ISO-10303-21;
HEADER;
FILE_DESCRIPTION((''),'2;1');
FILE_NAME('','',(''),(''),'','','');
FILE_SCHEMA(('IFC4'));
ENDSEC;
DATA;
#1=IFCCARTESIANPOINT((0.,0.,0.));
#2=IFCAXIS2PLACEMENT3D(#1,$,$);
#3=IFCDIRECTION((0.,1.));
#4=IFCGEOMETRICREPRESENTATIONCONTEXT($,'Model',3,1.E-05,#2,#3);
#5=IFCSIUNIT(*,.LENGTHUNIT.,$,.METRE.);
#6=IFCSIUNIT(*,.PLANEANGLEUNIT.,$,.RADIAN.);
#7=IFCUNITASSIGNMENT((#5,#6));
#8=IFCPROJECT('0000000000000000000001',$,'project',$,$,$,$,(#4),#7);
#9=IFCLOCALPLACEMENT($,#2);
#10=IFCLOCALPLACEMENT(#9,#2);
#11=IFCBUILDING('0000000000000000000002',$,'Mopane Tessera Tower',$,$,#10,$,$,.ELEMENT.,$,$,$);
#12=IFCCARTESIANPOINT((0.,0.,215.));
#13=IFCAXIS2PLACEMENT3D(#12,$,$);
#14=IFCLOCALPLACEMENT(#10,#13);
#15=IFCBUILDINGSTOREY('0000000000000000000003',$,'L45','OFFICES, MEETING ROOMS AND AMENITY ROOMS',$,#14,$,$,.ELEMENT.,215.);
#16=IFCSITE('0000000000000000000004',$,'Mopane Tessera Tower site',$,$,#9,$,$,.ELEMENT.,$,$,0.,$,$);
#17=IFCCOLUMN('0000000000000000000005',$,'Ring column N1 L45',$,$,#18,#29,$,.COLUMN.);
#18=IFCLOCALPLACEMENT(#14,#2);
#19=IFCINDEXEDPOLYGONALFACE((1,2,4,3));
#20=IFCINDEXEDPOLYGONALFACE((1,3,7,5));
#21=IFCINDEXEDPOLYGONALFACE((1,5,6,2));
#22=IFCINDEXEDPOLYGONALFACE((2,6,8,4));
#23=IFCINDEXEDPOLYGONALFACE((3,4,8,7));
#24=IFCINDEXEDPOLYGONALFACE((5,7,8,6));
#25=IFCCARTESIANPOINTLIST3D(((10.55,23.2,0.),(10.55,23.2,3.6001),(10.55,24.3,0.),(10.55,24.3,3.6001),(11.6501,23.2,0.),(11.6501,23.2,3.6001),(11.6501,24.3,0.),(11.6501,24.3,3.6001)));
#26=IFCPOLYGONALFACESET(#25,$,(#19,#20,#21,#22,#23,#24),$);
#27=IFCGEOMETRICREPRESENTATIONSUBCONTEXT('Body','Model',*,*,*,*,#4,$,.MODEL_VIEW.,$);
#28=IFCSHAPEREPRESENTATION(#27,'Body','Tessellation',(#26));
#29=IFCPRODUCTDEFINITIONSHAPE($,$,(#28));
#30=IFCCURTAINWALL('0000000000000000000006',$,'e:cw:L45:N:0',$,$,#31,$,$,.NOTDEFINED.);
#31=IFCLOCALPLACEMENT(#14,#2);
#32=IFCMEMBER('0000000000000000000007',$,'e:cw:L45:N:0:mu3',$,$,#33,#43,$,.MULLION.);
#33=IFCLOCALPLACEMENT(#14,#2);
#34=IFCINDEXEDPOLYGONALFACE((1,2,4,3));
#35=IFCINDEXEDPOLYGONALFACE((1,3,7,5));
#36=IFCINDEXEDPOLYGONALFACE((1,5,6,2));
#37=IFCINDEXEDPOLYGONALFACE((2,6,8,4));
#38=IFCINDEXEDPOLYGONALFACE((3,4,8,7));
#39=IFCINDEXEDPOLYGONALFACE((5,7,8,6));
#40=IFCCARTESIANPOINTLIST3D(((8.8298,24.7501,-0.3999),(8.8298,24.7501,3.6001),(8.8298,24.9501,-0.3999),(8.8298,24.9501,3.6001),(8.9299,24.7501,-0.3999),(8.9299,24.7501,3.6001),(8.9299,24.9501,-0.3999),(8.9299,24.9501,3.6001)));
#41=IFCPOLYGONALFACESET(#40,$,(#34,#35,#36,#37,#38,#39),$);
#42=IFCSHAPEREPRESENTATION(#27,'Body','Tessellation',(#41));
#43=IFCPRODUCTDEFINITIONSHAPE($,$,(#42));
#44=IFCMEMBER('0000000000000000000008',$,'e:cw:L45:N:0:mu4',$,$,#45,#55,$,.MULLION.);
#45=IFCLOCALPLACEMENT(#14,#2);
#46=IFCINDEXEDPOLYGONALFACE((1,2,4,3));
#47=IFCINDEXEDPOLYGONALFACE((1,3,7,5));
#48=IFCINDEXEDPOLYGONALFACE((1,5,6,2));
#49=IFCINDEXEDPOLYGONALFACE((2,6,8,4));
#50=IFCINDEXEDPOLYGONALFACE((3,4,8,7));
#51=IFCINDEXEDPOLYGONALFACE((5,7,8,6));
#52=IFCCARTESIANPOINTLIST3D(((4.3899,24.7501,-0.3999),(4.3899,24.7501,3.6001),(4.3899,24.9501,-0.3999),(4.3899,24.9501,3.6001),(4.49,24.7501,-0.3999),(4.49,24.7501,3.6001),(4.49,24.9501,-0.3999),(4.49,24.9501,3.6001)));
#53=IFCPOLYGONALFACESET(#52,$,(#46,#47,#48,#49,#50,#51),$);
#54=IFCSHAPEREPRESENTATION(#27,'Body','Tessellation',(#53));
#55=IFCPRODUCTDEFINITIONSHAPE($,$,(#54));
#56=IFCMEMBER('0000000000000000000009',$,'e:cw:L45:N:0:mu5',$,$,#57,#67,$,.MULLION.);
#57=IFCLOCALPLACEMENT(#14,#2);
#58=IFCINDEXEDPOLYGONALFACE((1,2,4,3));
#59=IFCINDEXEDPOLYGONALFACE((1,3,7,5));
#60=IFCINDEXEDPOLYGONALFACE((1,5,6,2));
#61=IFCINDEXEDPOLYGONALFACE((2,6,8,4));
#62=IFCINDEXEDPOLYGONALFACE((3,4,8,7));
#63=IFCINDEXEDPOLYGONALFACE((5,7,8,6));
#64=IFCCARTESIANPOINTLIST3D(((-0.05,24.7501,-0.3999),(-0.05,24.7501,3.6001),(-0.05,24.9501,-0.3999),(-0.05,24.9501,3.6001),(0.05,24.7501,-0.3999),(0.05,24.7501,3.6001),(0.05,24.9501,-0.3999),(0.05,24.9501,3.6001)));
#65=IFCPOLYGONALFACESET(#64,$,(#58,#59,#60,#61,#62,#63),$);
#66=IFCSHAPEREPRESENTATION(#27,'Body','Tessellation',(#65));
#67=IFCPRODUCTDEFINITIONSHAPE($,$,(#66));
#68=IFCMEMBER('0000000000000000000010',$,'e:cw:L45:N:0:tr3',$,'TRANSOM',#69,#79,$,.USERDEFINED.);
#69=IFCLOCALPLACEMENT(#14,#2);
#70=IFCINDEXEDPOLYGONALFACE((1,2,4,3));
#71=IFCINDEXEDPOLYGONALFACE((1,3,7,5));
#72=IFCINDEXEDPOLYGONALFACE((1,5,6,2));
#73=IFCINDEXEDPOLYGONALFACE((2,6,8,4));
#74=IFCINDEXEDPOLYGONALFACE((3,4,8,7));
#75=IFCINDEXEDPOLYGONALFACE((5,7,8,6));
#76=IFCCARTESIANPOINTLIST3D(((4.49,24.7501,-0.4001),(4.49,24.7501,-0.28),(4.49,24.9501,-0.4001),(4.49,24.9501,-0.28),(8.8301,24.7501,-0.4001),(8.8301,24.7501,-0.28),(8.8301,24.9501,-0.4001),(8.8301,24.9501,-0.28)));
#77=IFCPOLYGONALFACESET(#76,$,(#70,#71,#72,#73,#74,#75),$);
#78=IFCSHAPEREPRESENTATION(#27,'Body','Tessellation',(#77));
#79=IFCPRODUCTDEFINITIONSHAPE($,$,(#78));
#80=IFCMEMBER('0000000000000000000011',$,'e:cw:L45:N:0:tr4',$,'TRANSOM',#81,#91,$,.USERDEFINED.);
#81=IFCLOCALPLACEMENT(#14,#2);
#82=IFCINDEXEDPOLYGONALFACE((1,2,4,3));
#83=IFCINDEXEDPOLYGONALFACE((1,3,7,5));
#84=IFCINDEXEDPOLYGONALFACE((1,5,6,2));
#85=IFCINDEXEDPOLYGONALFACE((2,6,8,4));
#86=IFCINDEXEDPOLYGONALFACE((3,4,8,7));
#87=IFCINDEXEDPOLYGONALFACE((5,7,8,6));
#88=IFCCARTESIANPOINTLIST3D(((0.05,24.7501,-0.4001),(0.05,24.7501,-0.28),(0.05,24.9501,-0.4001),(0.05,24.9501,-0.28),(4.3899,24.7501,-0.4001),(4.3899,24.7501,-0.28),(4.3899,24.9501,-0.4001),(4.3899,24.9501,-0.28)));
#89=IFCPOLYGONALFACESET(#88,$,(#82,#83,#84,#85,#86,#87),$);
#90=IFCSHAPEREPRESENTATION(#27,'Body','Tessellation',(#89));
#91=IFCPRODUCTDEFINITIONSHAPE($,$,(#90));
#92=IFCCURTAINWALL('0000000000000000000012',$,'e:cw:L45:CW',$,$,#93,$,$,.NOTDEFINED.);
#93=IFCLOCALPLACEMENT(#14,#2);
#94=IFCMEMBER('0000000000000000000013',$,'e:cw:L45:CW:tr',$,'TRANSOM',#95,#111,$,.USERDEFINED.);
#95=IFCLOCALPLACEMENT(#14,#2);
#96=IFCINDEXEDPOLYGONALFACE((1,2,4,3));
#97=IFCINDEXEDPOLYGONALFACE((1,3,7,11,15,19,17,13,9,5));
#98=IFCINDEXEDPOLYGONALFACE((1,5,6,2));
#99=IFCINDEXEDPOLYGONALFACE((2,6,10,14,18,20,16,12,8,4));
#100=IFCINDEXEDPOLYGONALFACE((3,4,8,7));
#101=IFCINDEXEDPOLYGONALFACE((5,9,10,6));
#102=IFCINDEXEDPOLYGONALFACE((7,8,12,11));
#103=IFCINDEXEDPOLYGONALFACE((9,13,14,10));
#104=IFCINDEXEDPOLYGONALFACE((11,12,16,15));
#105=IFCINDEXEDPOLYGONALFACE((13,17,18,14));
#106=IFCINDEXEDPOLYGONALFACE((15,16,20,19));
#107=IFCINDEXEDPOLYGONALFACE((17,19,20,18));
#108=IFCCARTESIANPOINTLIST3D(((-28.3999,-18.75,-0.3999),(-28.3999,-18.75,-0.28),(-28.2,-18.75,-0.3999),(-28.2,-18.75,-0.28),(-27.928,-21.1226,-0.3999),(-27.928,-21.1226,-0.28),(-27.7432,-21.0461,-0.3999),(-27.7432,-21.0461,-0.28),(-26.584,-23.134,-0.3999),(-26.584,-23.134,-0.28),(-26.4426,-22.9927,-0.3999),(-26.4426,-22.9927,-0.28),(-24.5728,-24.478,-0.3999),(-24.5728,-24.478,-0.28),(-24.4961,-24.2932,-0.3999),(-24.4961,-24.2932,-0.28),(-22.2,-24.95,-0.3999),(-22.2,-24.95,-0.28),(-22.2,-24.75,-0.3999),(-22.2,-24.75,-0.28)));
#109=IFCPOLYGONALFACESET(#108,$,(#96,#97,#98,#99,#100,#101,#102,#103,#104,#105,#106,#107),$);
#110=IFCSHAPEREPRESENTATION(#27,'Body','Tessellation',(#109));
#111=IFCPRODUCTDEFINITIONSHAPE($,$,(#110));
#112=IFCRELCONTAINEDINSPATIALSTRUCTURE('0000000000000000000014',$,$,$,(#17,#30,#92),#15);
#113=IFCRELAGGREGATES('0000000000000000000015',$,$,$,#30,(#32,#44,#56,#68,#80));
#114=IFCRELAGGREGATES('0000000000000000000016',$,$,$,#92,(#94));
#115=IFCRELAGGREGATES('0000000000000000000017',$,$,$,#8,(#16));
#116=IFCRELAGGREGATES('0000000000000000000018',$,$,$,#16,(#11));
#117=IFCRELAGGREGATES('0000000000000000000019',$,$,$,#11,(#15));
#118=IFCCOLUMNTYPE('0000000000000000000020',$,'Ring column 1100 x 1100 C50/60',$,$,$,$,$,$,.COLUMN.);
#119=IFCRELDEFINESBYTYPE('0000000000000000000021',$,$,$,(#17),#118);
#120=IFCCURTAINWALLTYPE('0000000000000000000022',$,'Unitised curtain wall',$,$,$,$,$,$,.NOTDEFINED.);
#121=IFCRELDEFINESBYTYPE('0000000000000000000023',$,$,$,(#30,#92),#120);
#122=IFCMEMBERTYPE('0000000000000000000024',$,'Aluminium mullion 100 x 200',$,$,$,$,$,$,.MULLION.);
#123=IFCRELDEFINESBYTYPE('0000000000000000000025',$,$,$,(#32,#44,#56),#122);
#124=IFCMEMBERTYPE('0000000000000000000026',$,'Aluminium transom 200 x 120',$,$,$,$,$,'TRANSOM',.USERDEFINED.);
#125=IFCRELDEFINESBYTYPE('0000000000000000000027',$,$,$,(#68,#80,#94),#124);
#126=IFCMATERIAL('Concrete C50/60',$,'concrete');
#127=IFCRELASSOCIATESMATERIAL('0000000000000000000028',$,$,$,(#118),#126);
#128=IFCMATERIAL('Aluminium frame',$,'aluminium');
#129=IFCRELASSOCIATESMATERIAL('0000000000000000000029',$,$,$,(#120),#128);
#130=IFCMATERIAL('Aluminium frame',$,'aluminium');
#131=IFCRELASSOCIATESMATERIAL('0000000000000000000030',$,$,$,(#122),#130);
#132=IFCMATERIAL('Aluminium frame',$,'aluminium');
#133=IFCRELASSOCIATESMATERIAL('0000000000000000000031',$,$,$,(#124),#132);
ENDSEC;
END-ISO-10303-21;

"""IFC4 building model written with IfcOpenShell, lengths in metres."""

from ifc_helpers import new_model, si_unit, direction, frame, origin, origin_2d, place, context, subcontext, project, spatial, polyline, rectangle, outline, extrude, material, material_profile, profile_set, type_object, element, aggregate, save


model = new_model("IFC4")

# Units and contexts
model_context = context("Model", 3, precision=1e-05, world=origin(), true_north=direction((0.0, 1.0)))
body_context = subcontext(model_context, "Body", "Model", "MODEL_VIEW")
ifc_project = project(units=[si_unit("LENGTHUNIT", "METRE"), si_unit("PLANEANGLEUNIT", "RADIAN")], contexts=[model_context])

# Site, building, storey
site_placement = place(None, origin())
site = spatial("IfcSite", under=ifc_project, at=site_placement, Name="Mopane Tessera Tower site", CompositionType="ELEMENT", RefElevation=0.0)
building_placement = place(site_placement, origin())
building = spatial("IfcBuilding", under=site, at=building_placement, Name="Mopane Tessera Tower", CompositionType="ELEMENT")
storey_placement = place(building_placement, frame((0.0, 0.0, 215.0)))
storey = spatial("IfcBuildingStorey", under=building, at=storey_placement, Name="L45", Description="OFFICES, MEETING ROOMS AND AMENITY ROOMS", CompositionType="ELEMENT", Elevation=215.0)

# Column
ifc_material_1 = material(Name="Concrete C50/60", Category="concrete")
ifc_material_profile_1 = material_profile(ifc_material_1, rectangle(XDim=1.1001, YDim=1.1001, at=origin_2d()))
ifc_profile_set_1 = profile_set([ifc_material_profile_1], Name="Concrete C50/60")
column_type = type_object("IfcColumnType", Name="Ring column 1100 x 1100 C50/60", PredefinedType="COLUMN", material=ifc_profile_set_1)
column_placement = place(storey_placement, frame((11.1001, 23.75, 0.0), z_axis=(0.0, 0.0, 1.0), x_axis=(1.0, 0.0, 0.0)))
element("IfcColumn", 1, at=column_placement, inside=storey, type_object=column_type, Name="Ring column N1 L45", PredefinedType="COLUMN", context=body_context, shape_type="SweptSolid", body=[
    extrude(rectangle(XDim=1.1001, YDim=1.1001, at=origin_2d()), origin(), (0.0, 0.0, 1.0), 3.6001),
])

# Curtain wall, members
ifc_material_2 = material(Name="Aluminium frame", Category="aluminium")
curtain_wall_type = type_object("IfcCurtainWallType", Name="Unitised curtain wall", PredefinedType="NOTDEFINED", material=ifc_material_2)
curtain_wall_1_placement = place(storey_placement, origin())
curtain_wall_1 = element("IfcCurtainWall", 2, at=curtain_wall_1_placement, inside=storey, type_object=curtain_wall_type, Name="e:cw:L45:N:0", PredefinedType="NOTDEFINED")
ifc_material_3 = material(Name="Aluminium frame", Category="aluminium")
ifc_material_profile_2 = material_profile(ifc_material_3, rectangle(XDim=0.1001, YDim=0.2, at=origin_2d()))
ifc_profile_set_2 = profile_set([ifc_material_profile_2], Name="Aluminium frame")
member_type_1 = type_object("IfcMemberType", Name="Aluminium mullion 100 x 200", PredefinedType="MULLION", material=ifc_profile_set_2)
member_1_placement = place(storey_placement, frame((8.8799, 24.8501, -0.3999), z_axis=(0.0, 0.0, 1.0), x_axis=(-1.0, 0.0, 0.0)))
member_1 = element("IfcMember", 3, at=member_1_placement, type_object=member_type_1, Name="e:cw:L45:N:0:mu3", PredefinedType="MULLION", context=body_context, shape_type="SweptSolid", body=[
    extrude(rectangle(XDim=0.1001, YDim=0.2, at=origin_2d()), origin(), (0.0, 0.0, 1.0), 4.0),
])
member_2_placement = place(storey_placement, frame((4.4399, 24.8501, -0.3999), z_axis=(0.0, 0.0, 1.0), x_axis=(-1.0, 0.0, 0.0)))
member_2 = element("IfcMember", 4, at=member_2_placement, type_object=member_type_1, Name="e:cw:L45:N:0:mu4", PredefinedType="MULLION", context=body_context, shape_type="SweptSolid", body=[
    extrude(rectangle(XDim=0.1001, YDim=0.2, at=origin_2d()), origin(), (0.0, 0.0, 1.0), 4.0),
])
member_3_placement = place(storey_placement, frame((0.0, 24.8501, -0.3999), z_axis=(0.0, 0.0, 1.0), x_axis=(-1.0, 0.0, 0.0)))
member_3 = element("IfcMember", 5, at=member_3_placement, type_object=member_type_1, Name="e:cw:L45:N:0:mu5", PredefinedType="MULLION", context=body_context, shape_type="SweptSolid", body=[
    extrude(rectangle(XDim=0.1001, YDim=0.2, at=origin_2d()), origin(), (0.0, 0.0, 1.0), 4.0),
])
ifc_material_4 = material(Name="Aluminium frame", Category="aluminium")
ifc_material_profile_3 = material_profile(ifc_material_4, rectangle(XDim=0.2, YDim=0.1201, at=origin_2d()))
ifc_profile_set_3 = profile_set([ifc_material_profile_3], Name="Aluminium frame")
member_type_2 = type_object("IfcMemberType", Name="Aluminium transom 200 x 120", ElementType="TRANSOM", PredefinedType="USERDEFINED", material=ifc_profile_set_3)
member_4_placement = place(storey_placement, frame((8.8301, 24.8501, -0.3401), z_axis=(-1.0, 0.0, 0.0), x_axis=(0.0, -1.0, 0.0)))
member_4 = element("IfcMember", 6, at=member_4_placement, type_object=member_type_2, Name="e:cw:L45:N:0:tr3", ObjectType="TRANSOM", PredefinedType="USERDEFINED", context=body_context, shape_type="SweptSolid", body=[
    extrude(rectangle(XDim=0.2, YDim=0.1201, at=origin_2d()), origin(), (0.0, 0.0, 1.0), 4.3401),
])
member_5_placement = place(storey_placement, frame((4.3899, 24.8501, -0.3401), z_axis=(-1.0, 0.0, 0.0), x_axis=(0.0, -1.0, 0.0)))
member_5 = element("IfcMember", 7, at=member_5_placement, type_object=member_type_2, Name="e:cw:L45:N:0:tr4", ObjectType="TRANSOM", PredefinedType="USERDEFINED", context=body_context, shape_type="SweptSolid", body=[
    extrude(rectangle(XDim=0.2, YDim=0.1201, at=origin_2d()), origin(), (0.0, 0.0, 1.0), 4.3398),
])

# Curtain wall, member
curtain_wall_2_placement = place(storey_placement, origin())
curtain_wall_2 = element("IfcCurtainWall", 8, at=curtain_wall_2_placement, inside=storey, type_object=curtain_wall_type, Name="e:cw:L45:CW", PredefinedType="NOTDEFINED")
member_6_placement = place(storey_placement, frame((0.0, 0.0, -0.3999)))
member_6 = element("IfcMember", 9, at=member_6_placement, type_object=member_type_2, Name="e:cw:L45:CW:tr", ObjectType="TRANSOM", PredefinedType="USERDEFINED", context=body_context, shape_type="SweptSolid", body=[
    extrude(outline(polyline([(-28.2, -18.75), (-27.7432, -21.0461), (-26.4426, -22.9927), (-24.4961, -24.2932), (-22.2, -24.75), (-22.2, -24.95), (-24.5728, -24.478), (-26.584, -23.134), (-27.928, -21.1226), (-28.3999, -18.75), (-28.2, -18.75)])), origin(), (0.0, 0.0, 1.0), 0.1199),
])

aggregate(curtain_wall_1, [member_1, member_2, member_3, member_4, member_5])

aggregate(curtain_wall_2, [member_6])

save(model, "model.ifc")
